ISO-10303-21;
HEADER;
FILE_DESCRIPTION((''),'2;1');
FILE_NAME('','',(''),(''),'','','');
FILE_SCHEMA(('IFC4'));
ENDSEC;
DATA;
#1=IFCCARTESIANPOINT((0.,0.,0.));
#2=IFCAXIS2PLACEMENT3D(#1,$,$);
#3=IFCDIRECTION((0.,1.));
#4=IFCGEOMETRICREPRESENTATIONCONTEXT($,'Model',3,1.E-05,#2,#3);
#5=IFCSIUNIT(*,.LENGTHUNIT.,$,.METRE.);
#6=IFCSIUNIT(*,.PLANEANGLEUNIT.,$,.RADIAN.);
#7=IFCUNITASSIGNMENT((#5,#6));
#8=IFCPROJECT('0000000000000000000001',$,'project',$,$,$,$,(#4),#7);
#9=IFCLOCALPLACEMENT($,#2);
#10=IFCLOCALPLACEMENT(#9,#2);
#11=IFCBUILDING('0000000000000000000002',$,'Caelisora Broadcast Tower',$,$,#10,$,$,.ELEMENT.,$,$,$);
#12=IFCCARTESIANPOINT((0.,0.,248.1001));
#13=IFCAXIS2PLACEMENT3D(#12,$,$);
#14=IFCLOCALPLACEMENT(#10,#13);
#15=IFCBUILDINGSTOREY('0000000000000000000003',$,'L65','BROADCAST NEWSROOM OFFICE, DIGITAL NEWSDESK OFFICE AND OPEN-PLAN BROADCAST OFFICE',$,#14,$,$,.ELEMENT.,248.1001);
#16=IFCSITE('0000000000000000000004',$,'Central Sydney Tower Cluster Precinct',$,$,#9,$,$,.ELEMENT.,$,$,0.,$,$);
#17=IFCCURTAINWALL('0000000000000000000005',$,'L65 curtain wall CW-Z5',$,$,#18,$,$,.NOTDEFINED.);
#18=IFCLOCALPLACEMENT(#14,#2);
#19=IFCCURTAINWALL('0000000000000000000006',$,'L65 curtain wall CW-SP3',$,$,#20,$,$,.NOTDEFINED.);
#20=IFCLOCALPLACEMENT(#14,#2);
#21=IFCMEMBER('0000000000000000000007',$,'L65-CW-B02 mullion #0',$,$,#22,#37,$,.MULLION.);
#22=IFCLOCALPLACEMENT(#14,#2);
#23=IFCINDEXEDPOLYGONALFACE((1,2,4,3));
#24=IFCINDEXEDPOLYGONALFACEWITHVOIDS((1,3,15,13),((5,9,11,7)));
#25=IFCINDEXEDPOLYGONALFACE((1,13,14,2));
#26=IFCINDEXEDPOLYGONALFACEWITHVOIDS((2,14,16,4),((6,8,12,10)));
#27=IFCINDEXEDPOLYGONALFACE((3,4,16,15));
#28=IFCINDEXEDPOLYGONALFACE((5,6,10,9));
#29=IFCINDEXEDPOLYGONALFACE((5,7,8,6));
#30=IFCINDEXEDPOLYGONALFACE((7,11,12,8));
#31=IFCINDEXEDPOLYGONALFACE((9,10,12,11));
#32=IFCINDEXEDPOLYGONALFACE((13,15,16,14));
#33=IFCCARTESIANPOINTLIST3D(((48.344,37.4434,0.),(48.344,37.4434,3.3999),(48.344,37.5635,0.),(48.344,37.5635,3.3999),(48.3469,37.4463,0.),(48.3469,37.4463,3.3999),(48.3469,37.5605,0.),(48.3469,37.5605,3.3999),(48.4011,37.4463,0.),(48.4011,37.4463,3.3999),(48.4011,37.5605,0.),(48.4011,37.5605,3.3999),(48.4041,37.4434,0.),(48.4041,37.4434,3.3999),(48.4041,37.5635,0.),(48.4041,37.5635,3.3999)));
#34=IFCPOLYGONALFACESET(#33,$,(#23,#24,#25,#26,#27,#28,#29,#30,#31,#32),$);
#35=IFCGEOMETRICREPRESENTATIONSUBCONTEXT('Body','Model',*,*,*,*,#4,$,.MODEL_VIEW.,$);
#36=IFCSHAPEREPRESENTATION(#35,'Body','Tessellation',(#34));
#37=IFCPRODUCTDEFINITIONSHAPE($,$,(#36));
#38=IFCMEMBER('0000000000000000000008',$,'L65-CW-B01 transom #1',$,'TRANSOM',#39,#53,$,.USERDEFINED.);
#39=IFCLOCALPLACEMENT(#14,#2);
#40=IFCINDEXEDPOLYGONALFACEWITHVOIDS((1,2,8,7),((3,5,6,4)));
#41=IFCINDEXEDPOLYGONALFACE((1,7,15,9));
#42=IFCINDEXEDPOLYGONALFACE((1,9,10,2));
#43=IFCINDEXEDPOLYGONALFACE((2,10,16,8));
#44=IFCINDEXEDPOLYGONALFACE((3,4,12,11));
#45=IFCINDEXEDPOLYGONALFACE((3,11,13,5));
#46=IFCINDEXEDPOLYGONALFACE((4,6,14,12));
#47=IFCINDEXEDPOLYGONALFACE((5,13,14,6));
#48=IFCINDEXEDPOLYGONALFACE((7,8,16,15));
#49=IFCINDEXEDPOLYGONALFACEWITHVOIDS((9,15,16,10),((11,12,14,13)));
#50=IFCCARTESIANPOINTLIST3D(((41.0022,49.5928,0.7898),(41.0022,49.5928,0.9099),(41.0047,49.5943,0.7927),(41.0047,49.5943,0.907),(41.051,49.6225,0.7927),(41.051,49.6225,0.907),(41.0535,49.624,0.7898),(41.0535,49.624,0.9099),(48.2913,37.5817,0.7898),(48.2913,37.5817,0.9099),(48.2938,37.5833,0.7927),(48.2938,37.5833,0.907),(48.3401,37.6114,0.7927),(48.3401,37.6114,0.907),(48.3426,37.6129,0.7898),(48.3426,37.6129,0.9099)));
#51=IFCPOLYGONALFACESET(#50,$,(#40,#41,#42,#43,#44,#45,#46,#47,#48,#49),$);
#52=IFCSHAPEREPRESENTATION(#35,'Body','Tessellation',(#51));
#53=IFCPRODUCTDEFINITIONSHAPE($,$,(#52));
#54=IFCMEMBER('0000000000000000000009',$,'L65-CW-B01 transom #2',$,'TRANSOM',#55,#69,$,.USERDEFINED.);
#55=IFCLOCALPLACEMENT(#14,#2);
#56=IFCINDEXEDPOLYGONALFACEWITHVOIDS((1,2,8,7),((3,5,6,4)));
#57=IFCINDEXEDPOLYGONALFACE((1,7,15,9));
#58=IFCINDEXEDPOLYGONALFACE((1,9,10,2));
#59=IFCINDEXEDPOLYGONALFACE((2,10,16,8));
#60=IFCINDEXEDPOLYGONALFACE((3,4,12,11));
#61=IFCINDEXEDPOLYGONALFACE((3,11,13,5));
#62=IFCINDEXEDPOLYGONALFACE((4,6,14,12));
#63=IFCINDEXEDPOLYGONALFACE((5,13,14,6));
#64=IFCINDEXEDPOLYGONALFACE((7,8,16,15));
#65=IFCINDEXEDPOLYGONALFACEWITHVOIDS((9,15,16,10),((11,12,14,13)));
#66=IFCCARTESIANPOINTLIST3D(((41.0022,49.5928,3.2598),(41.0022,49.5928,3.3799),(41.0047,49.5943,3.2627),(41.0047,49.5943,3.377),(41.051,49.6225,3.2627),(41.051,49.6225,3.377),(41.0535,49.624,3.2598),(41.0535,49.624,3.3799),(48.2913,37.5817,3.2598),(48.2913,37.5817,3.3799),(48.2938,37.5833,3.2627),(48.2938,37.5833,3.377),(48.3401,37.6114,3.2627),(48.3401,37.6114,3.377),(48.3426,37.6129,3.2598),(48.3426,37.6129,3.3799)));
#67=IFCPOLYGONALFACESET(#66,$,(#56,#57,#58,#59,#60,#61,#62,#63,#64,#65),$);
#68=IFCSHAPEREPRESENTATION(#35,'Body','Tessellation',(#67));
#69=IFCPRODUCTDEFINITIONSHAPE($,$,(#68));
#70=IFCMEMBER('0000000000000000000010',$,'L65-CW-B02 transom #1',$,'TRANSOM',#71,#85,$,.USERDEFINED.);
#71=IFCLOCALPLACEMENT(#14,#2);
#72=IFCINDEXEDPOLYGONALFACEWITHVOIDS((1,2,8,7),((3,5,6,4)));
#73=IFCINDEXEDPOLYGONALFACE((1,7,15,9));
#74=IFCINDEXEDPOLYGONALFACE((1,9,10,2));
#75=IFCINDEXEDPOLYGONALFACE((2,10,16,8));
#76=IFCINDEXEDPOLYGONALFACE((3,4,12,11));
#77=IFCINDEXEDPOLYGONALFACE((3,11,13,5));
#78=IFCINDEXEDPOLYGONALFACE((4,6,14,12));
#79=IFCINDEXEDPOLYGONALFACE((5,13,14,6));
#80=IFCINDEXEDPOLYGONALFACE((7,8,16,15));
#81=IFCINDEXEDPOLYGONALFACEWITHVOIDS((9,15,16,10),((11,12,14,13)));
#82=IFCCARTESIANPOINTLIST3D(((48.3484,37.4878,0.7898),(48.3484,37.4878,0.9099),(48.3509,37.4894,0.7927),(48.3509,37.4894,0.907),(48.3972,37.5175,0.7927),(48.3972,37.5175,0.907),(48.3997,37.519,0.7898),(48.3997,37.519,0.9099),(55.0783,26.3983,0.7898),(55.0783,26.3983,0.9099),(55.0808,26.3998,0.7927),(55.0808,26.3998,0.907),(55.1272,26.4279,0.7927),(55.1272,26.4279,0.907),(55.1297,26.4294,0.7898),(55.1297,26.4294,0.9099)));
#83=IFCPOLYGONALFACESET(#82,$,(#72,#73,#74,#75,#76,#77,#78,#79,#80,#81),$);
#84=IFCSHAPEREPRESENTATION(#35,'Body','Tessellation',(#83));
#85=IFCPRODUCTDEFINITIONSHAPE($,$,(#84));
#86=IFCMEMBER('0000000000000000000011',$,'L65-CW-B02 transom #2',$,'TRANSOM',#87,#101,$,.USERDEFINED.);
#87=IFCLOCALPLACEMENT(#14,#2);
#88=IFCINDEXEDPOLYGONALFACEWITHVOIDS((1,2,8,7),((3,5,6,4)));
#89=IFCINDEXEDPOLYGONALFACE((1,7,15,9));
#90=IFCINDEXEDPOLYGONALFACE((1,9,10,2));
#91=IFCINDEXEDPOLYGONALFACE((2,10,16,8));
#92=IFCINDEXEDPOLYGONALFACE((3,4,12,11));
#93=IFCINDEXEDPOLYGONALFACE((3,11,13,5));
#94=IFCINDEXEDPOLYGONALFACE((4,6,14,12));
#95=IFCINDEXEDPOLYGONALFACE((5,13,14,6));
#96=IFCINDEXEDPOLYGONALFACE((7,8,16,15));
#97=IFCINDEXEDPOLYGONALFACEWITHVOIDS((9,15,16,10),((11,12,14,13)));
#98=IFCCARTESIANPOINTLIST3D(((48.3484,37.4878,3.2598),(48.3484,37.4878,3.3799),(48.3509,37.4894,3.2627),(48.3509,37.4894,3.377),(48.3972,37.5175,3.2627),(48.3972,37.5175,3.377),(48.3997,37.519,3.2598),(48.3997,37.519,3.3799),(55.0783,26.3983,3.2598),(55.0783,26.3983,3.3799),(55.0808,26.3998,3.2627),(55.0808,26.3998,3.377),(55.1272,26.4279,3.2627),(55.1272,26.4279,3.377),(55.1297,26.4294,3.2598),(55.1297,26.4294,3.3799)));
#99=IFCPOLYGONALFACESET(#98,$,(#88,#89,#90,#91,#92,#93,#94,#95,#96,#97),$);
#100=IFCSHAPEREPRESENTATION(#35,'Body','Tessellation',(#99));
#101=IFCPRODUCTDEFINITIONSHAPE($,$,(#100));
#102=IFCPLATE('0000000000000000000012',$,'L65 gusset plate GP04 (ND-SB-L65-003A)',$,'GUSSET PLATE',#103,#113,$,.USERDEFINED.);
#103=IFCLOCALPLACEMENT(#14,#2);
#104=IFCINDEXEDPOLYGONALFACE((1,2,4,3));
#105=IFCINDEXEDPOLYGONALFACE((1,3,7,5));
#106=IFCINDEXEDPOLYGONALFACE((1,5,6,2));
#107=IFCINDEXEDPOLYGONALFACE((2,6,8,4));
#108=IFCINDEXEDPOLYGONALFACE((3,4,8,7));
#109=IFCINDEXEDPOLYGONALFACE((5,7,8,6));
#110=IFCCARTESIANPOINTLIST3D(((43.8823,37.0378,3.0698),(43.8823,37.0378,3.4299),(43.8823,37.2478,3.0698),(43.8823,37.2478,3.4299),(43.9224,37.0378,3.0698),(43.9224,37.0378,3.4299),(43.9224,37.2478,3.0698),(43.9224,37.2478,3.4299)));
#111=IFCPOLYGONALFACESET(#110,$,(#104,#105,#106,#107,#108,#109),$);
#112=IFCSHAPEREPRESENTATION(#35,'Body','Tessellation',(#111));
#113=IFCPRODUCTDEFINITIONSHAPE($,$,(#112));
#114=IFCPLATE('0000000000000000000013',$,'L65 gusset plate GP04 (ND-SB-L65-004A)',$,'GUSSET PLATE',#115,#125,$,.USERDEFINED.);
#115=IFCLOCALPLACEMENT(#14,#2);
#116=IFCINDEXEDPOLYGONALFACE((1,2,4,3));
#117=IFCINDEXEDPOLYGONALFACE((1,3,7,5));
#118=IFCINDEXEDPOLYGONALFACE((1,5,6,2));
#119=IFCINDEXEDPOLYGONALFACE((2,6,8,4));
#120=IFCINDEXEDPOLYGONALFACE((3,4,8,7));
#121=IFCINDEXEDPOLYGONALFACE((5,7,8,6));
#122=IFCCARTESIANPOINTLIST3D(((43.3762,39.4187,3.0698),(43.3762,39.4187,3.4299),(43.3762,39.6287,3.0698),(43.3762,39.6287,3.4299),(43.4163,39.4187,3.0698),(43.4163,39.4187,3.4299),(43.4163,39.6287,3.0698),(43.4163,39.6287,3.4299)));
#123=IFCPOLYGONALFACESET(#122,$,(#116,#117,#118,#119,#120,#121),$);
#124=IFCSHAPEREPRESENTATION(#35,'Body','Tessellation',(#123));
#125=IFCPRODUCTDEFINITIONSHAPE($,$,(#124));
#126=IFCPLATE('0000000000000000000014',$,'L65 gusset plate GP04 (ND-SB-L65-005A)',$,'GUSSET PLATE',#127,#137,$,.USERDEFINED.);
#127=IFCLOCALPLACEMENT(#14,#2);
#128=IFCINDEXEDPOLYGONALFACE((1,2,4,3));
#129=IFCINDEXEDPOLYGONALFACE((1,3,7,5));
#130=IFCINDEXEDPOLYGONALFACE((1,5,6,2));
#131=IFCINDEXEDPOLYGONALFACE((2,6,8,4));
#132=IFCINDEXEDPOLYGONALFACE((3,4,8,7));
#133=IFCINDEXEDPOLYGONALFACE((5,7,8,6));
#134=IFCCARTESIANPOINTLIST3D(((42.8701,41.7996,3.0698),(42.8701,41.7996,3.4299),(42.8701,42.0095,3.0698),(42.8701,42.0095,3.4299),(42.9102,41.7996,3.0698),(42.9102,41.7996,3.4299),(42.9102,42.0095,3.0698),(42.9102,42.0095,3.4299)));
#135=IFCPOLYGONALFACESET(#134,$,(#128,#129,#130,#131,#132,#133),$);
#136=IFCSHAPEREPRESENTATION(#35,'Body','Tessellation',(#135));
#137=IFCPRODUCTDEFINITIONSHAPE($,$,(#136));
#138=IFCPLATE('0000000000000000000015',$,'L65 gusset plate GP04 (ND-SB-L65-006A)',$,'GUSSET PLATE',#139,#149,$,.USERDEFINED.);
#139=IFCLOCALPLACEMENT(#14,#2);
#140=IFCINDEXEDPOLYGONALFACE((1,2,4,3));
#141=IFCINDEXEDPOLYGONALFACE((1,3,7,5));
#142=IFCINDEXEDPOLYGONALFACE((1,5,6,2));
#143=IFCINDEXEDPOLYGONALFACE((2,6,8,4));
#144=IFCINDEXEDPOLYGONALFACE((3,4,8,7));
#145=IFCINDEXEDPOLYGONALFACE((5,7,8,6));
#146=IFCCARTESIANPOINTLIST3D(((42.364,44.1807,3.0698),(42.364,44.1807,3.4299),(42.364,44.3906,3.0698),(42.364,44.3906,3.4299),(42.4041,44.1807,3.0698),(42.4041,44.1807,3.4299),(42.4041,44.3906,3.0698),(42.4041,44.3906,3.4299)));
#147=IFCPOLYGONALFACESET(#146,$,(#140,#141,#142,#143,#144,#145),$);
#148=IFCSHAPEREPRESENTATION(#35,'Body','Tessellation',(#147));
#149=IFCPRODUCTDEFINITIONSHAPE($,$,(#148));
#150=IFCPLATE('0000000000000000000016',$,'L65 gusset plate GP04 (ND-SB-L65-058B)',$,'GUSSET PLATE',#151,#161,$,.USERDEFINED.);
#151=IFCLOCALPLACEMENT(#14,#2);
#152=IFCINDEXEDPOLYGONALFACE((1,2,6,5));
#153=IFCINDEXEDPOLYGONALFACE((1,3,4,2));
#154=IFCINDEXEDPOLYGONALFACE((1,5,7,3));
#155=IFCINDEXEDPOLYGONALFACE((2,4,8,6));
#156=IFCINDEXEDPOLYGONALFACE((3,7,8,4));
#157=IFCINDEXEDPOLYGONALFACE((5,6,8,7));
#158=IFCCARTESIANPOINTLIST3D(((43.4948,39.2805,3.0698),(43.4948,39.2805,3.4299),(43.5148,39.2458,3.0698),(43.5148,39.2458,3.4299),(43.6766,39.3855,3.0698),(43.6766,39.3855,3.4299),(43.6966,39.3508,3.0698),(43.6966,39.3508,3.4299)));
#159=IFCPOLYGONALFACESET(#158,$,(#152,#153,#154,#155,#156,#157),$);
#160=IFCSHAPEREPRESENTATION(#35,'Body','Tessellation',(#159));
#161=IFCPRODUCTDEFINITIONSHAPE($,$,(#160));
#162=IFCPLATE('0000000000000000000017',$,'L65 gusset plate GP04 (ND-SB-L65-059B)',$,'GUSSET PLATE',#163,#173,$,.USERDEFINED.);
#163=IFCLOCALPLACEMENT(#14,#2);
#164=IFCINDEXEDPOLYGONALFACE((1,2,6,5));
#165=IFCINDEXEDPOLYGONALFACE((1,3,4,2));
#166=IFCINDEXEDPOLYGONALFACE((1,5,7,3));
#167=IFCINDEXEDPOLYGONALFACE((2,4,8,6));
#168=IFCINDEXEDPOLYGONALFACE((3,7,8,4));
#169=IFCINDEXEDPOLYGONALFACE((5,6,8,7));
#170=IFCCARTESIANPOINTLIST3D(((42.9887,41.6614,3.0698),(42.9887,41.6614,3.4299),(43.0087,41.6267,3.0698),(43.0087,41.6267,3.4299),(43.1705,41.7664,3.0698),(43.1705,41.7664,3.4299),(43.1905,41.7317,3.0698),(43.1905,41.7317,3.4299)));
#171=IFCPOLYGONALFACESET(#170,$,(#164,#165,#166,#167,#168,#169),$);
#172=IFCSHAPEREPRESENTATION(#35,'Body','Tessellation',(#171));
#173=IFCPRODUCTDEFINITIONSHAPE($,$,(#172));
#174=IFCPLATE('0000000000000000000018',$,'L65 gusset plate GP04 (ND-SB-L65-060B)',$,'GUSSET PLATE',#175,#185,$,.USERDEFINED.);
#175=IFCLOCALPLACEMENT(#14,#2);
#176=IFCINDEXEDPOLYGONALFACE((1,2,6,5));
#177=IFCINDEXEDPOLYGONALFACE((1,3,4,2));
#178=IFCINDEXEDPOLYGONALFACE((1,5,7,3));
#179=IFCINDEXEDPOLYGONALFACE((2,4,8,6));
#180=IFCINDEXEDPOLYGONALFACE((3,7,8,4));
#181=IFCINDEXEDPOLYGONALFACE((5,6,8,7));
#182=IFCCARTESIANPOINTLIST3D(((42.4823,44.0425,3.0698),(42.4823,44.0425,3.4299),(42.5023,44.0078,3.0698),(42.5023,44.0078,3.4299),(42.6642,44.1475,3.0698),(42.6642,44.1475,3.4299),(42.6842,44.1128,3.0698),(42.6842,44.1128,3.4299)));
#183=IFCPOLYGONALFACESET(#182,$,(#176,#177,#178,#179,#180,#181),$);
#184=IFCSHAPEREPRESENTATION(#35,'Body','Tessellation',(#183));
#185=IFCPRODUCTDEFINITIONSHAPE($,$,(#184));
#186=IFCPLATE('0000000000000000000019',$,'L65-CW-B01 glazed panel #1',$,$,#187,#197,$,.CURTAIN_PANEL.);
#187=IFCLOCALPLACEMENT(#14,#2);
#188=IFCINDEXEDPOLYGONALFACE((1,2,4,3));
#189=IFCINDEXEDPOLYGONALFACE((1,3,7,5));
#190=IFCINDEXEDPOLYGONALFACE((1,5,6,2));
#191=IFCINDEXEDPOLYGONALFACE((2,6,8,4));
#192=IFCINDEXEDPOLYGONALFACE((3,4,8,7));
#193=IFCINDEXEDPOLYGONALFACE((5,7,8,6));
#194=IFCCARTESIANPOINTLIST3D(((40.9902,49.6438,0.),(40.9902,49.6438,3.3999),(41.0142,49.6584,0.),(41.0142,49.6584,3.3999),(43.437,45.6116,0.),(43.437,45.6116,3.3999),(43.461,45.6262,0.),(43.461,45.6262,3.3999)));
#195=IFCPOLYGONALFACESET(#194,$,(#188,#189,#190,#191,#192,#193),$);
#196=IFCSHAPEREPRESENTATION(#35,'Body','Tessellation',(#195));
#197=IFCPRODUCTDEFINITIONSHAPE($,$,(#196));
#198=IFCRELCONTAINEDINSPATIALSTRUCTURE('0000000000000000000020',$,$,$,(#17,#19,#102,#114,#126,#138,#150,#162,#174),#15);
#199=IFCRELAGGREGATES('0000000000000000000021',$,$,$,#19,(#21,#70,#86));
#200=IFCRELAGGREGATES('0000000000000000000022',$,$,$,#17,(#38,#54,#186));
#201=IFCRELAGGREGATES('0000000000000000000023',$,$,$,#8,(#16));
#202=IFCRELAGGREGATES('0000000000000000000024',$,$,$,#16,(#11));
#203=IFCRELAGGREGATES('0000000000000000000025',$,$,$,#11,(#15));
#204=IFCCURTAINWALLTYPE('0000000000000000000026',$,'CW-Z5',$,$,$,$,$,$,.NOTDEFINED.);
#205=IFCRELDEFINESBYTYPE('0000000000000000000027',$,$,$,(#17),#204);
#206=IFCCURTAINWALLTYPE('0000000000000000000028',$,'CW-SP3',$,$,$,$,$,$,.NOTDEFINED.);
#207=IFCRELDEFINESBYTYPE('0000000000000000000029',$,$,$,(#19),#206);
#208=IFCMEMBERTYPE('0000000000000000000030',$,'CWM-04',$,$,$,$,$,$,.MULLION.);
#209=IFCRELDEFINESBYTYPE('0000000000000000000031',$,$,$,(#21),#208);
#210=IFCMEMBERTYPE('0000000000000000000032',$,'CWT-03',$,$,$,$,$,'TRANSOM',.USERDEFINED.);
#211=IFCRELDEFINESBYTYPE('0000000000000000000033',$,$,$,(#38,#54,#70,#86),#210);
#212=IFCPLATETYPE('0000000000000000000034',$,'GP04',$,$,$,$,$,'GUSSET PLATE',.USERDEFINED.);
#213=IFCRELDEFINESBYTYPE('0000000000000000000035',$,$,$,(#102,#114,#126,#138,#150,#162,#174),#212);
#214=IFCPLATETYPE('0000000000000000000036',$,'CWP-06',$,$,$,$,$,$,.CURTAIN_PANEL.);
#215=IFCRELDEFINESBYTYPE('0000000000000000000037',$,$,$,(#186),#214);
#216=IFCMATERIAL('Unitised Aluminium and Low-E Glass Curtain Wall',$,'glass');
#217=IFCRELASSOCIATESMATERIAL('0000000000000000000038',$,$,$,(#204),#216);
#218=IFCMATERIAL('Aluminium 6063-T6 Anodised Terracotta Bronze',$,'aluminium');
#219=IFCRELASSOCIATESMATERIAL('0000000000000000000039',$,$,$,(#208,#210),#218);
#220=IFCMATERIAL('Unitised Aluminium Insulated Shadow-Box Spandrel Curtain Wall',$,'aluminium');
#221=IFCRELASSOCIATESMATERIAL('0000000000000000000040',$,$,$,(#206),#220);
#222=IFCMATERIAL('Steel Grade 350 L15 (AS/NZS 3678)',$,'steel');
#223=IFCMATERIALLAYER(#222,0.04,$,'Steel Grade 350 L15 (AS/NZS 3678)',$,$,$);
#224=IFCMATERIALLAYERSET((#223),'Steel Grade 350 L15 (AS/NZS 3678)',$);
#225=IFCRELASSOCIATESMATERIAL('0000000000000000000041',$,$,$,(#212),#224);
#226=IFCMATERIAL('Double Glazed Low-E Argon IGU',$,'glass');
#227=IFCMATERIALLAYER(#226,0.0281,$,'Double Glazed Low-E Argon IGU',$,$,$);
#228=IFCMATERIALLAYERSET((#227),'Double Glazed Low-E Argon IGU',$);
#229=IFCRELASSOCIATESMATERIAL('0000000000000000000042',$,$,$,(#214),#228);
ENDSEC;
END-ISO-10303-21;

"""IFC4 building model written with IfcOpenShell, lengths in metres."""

from ifc_helpers import new_model, si_unit, direction, frame, origin, origin_2d, place, context, subcontext, project, spatial, rectangle, hollow_rectangle, extrude, source, transform, mapped, material, layer, layer_set, material_profile, profile_set, type_object, type_shapes, element, aggregate, save


model = new_model("IFC4")

# Units and contexts
model_context = context("Model", 3, precision=1e-05, world=origin(), true_north=direction((0.0, 1.0)))
body_context = subcontext(model_context, "Body", "Model", "MODEL_VIEW")
ifc_project = project(units=[si_unit("LENGTHUNIT", "METRE"), si_unit("PLANEANGLEUNIT", "RADIAN")], contexts=[model_context])

# Site, building, storey
site_placement = place(None, origin())
site = spatial("IfcSite", under=ifc_project, at=site_placement, Name="Central Sydney Tower Cluster Precinct", CompositionType="ELEMENT", RefElevation=0.0)
building_placement = place(site_placement, origin())
building = spatial("IfcBuilding", under=site, at=building_placement, Name="Caelisora Broadcast Tower", CompositionType="ELEMENT")
storey_placement = place(building_placement, frame((0.0, 0.0, 248.1001)))
storey = spatial("IfcBuildingStorey", under=building, at=storey_placement, Name="L65", Description="BROADCAST NEWSROOM OFFICE, DIGITAL NEWSDESK OFFICE AND OPEN-PLAN BROADCAST OFFICE", CompositionType="ELEMENT", Elevation=248.1001)

# Shared definitions
ifc_material_1 = material(Name="Steel Grade 350 L15 (AS/NZS 3678)", Category="steel")

# Curtain wall
ifc_material_2 = material(Name="Unitised Aluminium and Low-E Glass Curtain Wall", Category="glass")
curtain_wall_type_1 = type_object("IfcCurtainWallType", Name="CW-Z5", PredefinedType="NOTDEFINED", material=ifc_material_2)
curtain_wall_1_placement = place(storey_placement, origin())
curtain_wall_1 = element("IfcCurtainWall", 1, at=curtain_wall_1_placement, inside=storey, type_object=curtain_wall_type_1, Name="L65 curtain wall CW-Z5", PredefinedType="NOTDEFINED")
ifc_material_3 = material(Name="Aluminium 6063-T6 Anodised Terracotta Bronze", Category="aluminium")
ifc_material_profile_1 = material_profile(ifc_material_3, hollow_rectangle(XDim=0.0601, YDim=0.1201, WallThickness=0.0029, at=origin_2d()), Name="Aluminium 6063-T6 Anodised Terracotta Bronze")
ifc_profile_set_1 = profile_set([ifc_material_profile_1], Name="Aluminium 6063-T6 Anodised Terracotta Bronze")
member_type_1 = type_object("IfcMemberType", Name="CWM-04", PredefinedType="MULLION", material=ifc_profile_set_1)
shared_shape_1 = source(origin(), body_context, "Body", "SweptSolid", [
    extrude(hollow_rectangle(XDim=0.0601, YDim=0.1201, WallThickness=0.0029, at=origin_2d()), origin(), (0.0, 0.0, 1.0), 3.3999),
])
type_shapes(member_type_1, [shared_shape_1])

# Curtain wall, member
ifc_material_4 = material(Name="Unitised Aluminium Insulated Shadow-Box Spandrel Curtain Wall", Category="aluminium")
curtain_wall_type_2 = type_object("IfcCurtainWallType", Name="CW-SP3", PredefinedType="NOTDEFINED", material=ifc_material_4)
curtain_wall_2_placement = place(storey_placement, origin())
curtain_wall_2 = element("IfcCurtainWall", 2, at=curtain_wall_2_placement, inside=storey, type_object=curtain_wall_type_2, Name="L65 curtain wall CW-SP3", PredefinedType="NOTDEFINED")
member_1_placement = place(storey_placement, frame((48.374, 37.5034, 0.0), z_axis=(0.0, 0.0, 1.0), x_axis=(1.0, 0.0, 0.0)))
member_1 = element("IfcMember", 3, at=member_1_placement, type_object=member_type_1, Name="L65-CW-B02 mullion #0", PredefinedType="MULLION", context=body_context, shape_type="MappedRepresentation", body=[
    mapped(shared_shape_1, transform((0.0, 0.0, 0.0), scale=1.0)),
])

# Members
ifc_material_profile_2 = material_profile(ifc_material_3, hollow_rectangle(XDim=0.0601, YDim=0.1201, WallThickness=0.0029, at=origin_2d()), Name="Aluminium 6063-T6 Anodised Terracotta Bronze")
ifc_profile_set_2 = profile_set([ifc_material_profile_2], Name="Aluminium 6063-T6 Anodised Terracotta Bronze")
member_type_2 = type_object("IfcMemberType", Name="CWT-03", ElementType="TRANSOM", PredefinedType="USERDEFINED", material=ifc_profile_set_2)
shared_shape_2 = source(origin(), body_context, "Body", "SweptSolid", [
    extrude(hollow_rectangle(XDim=0.0601, YDim=0.1201, WallThickness=0.0029, at=origin_2d()), origin(), (0.0, 0.0, 1.0), 14.0498),
])
member_2_placement = place(storey_placement, frame((41.0278, 49.6084, 0.8499), z_axis=(0.518805, -0.854892, 0.0), x_axis=(0.854892, 0.518805, 0.0)))
member_2 = element("IfcMember", 4, at=member_2_placement, type_object=member_type_2, Name="L65-CW-B01 transom #1", ObjectType="TRANSOM", PredefinedType="USERDEFINED", context=body_context, shape_type="MappedRepresentation", body=[
    mapped(shared_shape_2, transform((0.0, 0.0, 0.0), scale=1.0)),
])
member_3_placement = place(storey_placement, frame((41.0278, 49.6084, 3.3198), z_axis=(0.518805, -0.854892, 0.0), x_axis=(0.854892, 0.518805, 0.0)))
member_3 = element("IfcMember", 5, at=member_3_placement, type_object=member_type_2, Name="L65-CW-B01 transom #2", ObjectType="TRANSOM", PredefinedType="USERDEFINED", context=body_context, shape_type="MappedRepresentation", body=[
    mapped(shared_shape_2, transform((0.0, 0.0, 0.0), scale=1.0)),
])
shared_shape_3 = source(origin(), body_context, "Body", "SweptSolid", [
    extrude(hollow_rectangle(XDim=0.0601, YDim=0.1201, WallThickness=0.0029, at=origin_2d()), origin(), (0.0, 0.0, 1.0), 12.9719),
])
type_shapes(member_type_2, [shared_shape_2, shared_shape_3])
member_4_placement = place(storey_placement, frame((48.374, 37.5034, 0.8499), z_axis=(0.51881, -0.85489, 0.0), x_axis=(0.85489, 0.51881, 0.0)))
member_4 = element("IfcMember", 6, at=member_4_placement, type_object=member_type_2, Name="L65-CW-B02 transom #1", ObjectType="TRANSOM", PredefinedType="USERDEFINED", context=body_context, shape_type="MappedRepresentation", body=[
    mapped(shared_shape_3, transform((0.0, 0.0, 0.0), scale=1.0)),
])
member_5_placement = place(storey_placement, frame((48.374, 37.5034, 3.3198), z_axis=(0.51881, -0.85489, 0.0), x_axis=(0.85489, 0.51881, 0.0)))
member_5 = element("IfcMember", 7, at=member_5_placement, type_object=member_type_2, Name="L65-CW-B02 transom #2", ObjectType="TRANSOM", PredefinedType="USERDEFINED", context=body_context, shape_type="MappedRepresentation", body=[
    mapped(shared_shape_3, transform((0.0, 0.0, 0.0), scale=1.0)),
])
aggregate(curtain_wall_2, [member_1, member_4, member_5])

# Plates
ifc_layer_1 = layer(ifc_material_1, 0.04, Name="Steel Grade 350 L15 (AS/NZS 3678)")
ifc_layer_set_1 = layer_set([ifc_layer_1], Name="Steel Grade 350 L15 (AS/NZS 3678)")
plate_type_1 = type_object("IfcPlateType", Name="GP04", ElementType="GUSSET PLATE", PredefinedType="USERDEFINED", material=ifc_layer_set_1)
shared_shape_4 = source(origin(), body_context, "Body", "SweptSolid", [
    extrude(rectangle(XDim=0.21, YDim=0.04, at=origin_2d()), origin(), (0.0, 0.0, 1.0), 0.3601),
])
type_shapes(plate_type_1, [shared_shape_4])
for number, where, z_axis, x_axis, name in (
    (8, (43.9023, 37.1428, 3.0698), (0.0, 0.0, 1.0), (0.0, -1.0, 0.0), "L65 gusset plate GP04 (ND-SB-L65-003A)"),
    (9, (43.3962, 39.5237, 3.0698), (0.0, 0.0, 1.0), (0.0, -1.0, 0.0), "L65 gusset plate GP04 (ND-SB-L65-004A)"),
    (10, (42.8901, 41.9045, 3.0698), (0.0, 0.0, 1.0), (0.0, -1.0, 0.0), "L65 gusset plate GP04 (ND-SB-L65-005A)"),
    (11, (42.384, 44.2856, 3.0698), (0.0, 0.0, 1.0), (0.0, -1.0, 0.0), "L65 gusset plate GP04 (ND-SB-L65-006A)"),
    (12, (43.5957, 39.3157, 3.0698), (0.0, 0.0, 1.0), (-0.866025, -0.5, 0.0), "L65 gusset plate GP04 (ND-SB-L65-058B)"),
    (13, (43.0896, 41.6965, 3.0698), (0.0, 0.0, 1.0), (-0.866025, -0.5, 0.0), "L65 gusset plate GP04 (ND-SB-L65-059B)"),
    (14, (42.5833, 44.0776, 3.0698), (0.0, 0.0, 1.0), (-0.866025, -0.5, 0.0), "L65 gusset plate GP04 (ND-SB-L65-060B)"),
):
    element("IfcPlate", number, at=place(storey_placement, frame(where, z_axis=z_axis, x_axis=x_axis)), inside=storey, type_object=plate_type_1, Name=name, ObjectType="GUSSET PLATE", PredefinedType="USERDEFINED", context=body_context, shape_type="MappedRepresentation", body=[
        mapped(shared_shape_4, transform((0.0, 0.0, 0.0), scale=1.0)),
    ])

# Plate
ifc_material_5 = material(Name="Double Glazed Low-E Argon IGU", Category="glass")
ifc_layer_2 = layer(ifc_material_5, 0.0281, Name="Double Glazed Low-E Argon IGU")
ifc_layer_set_2 = layer_set([ifc_layer_2], Name="Double Glazed Low-E Argon IGU")
plate_type_2 = type_object("IfcPlateType", Name="CWP-06", PredefinedType="CURTAIN_PANEL", material=ifc_layer_set_2)
shared_shape_5 = source(origin(), body_context, "Body", "SweptSolid", [
    extrude(rectangle(XDim=4.7166, YDim=0.0281, at=origin_2d()), origin(), (0.0, 0.0, 1.0), 3.3999),
])
type_shapes(plate_type_2, [shared_shape_5])
plate_1_placement = place(storey_placement, frame((42.2256, 47.635, 0.0), z_axis=(0.0, 0.0, 1.0), x_axis=(0.518773, -0.854912, 0.0)))
plate_1 = element("IfcPlate", 15, at=plate_1_placement, type_object=plate_type_2, Name="L65-CW-B01 glazed panel #1", PredefinedType="CURTAIN_PANEL", context=body_context, shape_type="MappedRepresentation", body=[
    mapped(shared_shape_5, transform((0.0, 0.0, 0.0), scale=1.0)),
])
aggregate(curtain_wall_1, [member_2, member_3, plate_1])

save(model, "model.ifc")
